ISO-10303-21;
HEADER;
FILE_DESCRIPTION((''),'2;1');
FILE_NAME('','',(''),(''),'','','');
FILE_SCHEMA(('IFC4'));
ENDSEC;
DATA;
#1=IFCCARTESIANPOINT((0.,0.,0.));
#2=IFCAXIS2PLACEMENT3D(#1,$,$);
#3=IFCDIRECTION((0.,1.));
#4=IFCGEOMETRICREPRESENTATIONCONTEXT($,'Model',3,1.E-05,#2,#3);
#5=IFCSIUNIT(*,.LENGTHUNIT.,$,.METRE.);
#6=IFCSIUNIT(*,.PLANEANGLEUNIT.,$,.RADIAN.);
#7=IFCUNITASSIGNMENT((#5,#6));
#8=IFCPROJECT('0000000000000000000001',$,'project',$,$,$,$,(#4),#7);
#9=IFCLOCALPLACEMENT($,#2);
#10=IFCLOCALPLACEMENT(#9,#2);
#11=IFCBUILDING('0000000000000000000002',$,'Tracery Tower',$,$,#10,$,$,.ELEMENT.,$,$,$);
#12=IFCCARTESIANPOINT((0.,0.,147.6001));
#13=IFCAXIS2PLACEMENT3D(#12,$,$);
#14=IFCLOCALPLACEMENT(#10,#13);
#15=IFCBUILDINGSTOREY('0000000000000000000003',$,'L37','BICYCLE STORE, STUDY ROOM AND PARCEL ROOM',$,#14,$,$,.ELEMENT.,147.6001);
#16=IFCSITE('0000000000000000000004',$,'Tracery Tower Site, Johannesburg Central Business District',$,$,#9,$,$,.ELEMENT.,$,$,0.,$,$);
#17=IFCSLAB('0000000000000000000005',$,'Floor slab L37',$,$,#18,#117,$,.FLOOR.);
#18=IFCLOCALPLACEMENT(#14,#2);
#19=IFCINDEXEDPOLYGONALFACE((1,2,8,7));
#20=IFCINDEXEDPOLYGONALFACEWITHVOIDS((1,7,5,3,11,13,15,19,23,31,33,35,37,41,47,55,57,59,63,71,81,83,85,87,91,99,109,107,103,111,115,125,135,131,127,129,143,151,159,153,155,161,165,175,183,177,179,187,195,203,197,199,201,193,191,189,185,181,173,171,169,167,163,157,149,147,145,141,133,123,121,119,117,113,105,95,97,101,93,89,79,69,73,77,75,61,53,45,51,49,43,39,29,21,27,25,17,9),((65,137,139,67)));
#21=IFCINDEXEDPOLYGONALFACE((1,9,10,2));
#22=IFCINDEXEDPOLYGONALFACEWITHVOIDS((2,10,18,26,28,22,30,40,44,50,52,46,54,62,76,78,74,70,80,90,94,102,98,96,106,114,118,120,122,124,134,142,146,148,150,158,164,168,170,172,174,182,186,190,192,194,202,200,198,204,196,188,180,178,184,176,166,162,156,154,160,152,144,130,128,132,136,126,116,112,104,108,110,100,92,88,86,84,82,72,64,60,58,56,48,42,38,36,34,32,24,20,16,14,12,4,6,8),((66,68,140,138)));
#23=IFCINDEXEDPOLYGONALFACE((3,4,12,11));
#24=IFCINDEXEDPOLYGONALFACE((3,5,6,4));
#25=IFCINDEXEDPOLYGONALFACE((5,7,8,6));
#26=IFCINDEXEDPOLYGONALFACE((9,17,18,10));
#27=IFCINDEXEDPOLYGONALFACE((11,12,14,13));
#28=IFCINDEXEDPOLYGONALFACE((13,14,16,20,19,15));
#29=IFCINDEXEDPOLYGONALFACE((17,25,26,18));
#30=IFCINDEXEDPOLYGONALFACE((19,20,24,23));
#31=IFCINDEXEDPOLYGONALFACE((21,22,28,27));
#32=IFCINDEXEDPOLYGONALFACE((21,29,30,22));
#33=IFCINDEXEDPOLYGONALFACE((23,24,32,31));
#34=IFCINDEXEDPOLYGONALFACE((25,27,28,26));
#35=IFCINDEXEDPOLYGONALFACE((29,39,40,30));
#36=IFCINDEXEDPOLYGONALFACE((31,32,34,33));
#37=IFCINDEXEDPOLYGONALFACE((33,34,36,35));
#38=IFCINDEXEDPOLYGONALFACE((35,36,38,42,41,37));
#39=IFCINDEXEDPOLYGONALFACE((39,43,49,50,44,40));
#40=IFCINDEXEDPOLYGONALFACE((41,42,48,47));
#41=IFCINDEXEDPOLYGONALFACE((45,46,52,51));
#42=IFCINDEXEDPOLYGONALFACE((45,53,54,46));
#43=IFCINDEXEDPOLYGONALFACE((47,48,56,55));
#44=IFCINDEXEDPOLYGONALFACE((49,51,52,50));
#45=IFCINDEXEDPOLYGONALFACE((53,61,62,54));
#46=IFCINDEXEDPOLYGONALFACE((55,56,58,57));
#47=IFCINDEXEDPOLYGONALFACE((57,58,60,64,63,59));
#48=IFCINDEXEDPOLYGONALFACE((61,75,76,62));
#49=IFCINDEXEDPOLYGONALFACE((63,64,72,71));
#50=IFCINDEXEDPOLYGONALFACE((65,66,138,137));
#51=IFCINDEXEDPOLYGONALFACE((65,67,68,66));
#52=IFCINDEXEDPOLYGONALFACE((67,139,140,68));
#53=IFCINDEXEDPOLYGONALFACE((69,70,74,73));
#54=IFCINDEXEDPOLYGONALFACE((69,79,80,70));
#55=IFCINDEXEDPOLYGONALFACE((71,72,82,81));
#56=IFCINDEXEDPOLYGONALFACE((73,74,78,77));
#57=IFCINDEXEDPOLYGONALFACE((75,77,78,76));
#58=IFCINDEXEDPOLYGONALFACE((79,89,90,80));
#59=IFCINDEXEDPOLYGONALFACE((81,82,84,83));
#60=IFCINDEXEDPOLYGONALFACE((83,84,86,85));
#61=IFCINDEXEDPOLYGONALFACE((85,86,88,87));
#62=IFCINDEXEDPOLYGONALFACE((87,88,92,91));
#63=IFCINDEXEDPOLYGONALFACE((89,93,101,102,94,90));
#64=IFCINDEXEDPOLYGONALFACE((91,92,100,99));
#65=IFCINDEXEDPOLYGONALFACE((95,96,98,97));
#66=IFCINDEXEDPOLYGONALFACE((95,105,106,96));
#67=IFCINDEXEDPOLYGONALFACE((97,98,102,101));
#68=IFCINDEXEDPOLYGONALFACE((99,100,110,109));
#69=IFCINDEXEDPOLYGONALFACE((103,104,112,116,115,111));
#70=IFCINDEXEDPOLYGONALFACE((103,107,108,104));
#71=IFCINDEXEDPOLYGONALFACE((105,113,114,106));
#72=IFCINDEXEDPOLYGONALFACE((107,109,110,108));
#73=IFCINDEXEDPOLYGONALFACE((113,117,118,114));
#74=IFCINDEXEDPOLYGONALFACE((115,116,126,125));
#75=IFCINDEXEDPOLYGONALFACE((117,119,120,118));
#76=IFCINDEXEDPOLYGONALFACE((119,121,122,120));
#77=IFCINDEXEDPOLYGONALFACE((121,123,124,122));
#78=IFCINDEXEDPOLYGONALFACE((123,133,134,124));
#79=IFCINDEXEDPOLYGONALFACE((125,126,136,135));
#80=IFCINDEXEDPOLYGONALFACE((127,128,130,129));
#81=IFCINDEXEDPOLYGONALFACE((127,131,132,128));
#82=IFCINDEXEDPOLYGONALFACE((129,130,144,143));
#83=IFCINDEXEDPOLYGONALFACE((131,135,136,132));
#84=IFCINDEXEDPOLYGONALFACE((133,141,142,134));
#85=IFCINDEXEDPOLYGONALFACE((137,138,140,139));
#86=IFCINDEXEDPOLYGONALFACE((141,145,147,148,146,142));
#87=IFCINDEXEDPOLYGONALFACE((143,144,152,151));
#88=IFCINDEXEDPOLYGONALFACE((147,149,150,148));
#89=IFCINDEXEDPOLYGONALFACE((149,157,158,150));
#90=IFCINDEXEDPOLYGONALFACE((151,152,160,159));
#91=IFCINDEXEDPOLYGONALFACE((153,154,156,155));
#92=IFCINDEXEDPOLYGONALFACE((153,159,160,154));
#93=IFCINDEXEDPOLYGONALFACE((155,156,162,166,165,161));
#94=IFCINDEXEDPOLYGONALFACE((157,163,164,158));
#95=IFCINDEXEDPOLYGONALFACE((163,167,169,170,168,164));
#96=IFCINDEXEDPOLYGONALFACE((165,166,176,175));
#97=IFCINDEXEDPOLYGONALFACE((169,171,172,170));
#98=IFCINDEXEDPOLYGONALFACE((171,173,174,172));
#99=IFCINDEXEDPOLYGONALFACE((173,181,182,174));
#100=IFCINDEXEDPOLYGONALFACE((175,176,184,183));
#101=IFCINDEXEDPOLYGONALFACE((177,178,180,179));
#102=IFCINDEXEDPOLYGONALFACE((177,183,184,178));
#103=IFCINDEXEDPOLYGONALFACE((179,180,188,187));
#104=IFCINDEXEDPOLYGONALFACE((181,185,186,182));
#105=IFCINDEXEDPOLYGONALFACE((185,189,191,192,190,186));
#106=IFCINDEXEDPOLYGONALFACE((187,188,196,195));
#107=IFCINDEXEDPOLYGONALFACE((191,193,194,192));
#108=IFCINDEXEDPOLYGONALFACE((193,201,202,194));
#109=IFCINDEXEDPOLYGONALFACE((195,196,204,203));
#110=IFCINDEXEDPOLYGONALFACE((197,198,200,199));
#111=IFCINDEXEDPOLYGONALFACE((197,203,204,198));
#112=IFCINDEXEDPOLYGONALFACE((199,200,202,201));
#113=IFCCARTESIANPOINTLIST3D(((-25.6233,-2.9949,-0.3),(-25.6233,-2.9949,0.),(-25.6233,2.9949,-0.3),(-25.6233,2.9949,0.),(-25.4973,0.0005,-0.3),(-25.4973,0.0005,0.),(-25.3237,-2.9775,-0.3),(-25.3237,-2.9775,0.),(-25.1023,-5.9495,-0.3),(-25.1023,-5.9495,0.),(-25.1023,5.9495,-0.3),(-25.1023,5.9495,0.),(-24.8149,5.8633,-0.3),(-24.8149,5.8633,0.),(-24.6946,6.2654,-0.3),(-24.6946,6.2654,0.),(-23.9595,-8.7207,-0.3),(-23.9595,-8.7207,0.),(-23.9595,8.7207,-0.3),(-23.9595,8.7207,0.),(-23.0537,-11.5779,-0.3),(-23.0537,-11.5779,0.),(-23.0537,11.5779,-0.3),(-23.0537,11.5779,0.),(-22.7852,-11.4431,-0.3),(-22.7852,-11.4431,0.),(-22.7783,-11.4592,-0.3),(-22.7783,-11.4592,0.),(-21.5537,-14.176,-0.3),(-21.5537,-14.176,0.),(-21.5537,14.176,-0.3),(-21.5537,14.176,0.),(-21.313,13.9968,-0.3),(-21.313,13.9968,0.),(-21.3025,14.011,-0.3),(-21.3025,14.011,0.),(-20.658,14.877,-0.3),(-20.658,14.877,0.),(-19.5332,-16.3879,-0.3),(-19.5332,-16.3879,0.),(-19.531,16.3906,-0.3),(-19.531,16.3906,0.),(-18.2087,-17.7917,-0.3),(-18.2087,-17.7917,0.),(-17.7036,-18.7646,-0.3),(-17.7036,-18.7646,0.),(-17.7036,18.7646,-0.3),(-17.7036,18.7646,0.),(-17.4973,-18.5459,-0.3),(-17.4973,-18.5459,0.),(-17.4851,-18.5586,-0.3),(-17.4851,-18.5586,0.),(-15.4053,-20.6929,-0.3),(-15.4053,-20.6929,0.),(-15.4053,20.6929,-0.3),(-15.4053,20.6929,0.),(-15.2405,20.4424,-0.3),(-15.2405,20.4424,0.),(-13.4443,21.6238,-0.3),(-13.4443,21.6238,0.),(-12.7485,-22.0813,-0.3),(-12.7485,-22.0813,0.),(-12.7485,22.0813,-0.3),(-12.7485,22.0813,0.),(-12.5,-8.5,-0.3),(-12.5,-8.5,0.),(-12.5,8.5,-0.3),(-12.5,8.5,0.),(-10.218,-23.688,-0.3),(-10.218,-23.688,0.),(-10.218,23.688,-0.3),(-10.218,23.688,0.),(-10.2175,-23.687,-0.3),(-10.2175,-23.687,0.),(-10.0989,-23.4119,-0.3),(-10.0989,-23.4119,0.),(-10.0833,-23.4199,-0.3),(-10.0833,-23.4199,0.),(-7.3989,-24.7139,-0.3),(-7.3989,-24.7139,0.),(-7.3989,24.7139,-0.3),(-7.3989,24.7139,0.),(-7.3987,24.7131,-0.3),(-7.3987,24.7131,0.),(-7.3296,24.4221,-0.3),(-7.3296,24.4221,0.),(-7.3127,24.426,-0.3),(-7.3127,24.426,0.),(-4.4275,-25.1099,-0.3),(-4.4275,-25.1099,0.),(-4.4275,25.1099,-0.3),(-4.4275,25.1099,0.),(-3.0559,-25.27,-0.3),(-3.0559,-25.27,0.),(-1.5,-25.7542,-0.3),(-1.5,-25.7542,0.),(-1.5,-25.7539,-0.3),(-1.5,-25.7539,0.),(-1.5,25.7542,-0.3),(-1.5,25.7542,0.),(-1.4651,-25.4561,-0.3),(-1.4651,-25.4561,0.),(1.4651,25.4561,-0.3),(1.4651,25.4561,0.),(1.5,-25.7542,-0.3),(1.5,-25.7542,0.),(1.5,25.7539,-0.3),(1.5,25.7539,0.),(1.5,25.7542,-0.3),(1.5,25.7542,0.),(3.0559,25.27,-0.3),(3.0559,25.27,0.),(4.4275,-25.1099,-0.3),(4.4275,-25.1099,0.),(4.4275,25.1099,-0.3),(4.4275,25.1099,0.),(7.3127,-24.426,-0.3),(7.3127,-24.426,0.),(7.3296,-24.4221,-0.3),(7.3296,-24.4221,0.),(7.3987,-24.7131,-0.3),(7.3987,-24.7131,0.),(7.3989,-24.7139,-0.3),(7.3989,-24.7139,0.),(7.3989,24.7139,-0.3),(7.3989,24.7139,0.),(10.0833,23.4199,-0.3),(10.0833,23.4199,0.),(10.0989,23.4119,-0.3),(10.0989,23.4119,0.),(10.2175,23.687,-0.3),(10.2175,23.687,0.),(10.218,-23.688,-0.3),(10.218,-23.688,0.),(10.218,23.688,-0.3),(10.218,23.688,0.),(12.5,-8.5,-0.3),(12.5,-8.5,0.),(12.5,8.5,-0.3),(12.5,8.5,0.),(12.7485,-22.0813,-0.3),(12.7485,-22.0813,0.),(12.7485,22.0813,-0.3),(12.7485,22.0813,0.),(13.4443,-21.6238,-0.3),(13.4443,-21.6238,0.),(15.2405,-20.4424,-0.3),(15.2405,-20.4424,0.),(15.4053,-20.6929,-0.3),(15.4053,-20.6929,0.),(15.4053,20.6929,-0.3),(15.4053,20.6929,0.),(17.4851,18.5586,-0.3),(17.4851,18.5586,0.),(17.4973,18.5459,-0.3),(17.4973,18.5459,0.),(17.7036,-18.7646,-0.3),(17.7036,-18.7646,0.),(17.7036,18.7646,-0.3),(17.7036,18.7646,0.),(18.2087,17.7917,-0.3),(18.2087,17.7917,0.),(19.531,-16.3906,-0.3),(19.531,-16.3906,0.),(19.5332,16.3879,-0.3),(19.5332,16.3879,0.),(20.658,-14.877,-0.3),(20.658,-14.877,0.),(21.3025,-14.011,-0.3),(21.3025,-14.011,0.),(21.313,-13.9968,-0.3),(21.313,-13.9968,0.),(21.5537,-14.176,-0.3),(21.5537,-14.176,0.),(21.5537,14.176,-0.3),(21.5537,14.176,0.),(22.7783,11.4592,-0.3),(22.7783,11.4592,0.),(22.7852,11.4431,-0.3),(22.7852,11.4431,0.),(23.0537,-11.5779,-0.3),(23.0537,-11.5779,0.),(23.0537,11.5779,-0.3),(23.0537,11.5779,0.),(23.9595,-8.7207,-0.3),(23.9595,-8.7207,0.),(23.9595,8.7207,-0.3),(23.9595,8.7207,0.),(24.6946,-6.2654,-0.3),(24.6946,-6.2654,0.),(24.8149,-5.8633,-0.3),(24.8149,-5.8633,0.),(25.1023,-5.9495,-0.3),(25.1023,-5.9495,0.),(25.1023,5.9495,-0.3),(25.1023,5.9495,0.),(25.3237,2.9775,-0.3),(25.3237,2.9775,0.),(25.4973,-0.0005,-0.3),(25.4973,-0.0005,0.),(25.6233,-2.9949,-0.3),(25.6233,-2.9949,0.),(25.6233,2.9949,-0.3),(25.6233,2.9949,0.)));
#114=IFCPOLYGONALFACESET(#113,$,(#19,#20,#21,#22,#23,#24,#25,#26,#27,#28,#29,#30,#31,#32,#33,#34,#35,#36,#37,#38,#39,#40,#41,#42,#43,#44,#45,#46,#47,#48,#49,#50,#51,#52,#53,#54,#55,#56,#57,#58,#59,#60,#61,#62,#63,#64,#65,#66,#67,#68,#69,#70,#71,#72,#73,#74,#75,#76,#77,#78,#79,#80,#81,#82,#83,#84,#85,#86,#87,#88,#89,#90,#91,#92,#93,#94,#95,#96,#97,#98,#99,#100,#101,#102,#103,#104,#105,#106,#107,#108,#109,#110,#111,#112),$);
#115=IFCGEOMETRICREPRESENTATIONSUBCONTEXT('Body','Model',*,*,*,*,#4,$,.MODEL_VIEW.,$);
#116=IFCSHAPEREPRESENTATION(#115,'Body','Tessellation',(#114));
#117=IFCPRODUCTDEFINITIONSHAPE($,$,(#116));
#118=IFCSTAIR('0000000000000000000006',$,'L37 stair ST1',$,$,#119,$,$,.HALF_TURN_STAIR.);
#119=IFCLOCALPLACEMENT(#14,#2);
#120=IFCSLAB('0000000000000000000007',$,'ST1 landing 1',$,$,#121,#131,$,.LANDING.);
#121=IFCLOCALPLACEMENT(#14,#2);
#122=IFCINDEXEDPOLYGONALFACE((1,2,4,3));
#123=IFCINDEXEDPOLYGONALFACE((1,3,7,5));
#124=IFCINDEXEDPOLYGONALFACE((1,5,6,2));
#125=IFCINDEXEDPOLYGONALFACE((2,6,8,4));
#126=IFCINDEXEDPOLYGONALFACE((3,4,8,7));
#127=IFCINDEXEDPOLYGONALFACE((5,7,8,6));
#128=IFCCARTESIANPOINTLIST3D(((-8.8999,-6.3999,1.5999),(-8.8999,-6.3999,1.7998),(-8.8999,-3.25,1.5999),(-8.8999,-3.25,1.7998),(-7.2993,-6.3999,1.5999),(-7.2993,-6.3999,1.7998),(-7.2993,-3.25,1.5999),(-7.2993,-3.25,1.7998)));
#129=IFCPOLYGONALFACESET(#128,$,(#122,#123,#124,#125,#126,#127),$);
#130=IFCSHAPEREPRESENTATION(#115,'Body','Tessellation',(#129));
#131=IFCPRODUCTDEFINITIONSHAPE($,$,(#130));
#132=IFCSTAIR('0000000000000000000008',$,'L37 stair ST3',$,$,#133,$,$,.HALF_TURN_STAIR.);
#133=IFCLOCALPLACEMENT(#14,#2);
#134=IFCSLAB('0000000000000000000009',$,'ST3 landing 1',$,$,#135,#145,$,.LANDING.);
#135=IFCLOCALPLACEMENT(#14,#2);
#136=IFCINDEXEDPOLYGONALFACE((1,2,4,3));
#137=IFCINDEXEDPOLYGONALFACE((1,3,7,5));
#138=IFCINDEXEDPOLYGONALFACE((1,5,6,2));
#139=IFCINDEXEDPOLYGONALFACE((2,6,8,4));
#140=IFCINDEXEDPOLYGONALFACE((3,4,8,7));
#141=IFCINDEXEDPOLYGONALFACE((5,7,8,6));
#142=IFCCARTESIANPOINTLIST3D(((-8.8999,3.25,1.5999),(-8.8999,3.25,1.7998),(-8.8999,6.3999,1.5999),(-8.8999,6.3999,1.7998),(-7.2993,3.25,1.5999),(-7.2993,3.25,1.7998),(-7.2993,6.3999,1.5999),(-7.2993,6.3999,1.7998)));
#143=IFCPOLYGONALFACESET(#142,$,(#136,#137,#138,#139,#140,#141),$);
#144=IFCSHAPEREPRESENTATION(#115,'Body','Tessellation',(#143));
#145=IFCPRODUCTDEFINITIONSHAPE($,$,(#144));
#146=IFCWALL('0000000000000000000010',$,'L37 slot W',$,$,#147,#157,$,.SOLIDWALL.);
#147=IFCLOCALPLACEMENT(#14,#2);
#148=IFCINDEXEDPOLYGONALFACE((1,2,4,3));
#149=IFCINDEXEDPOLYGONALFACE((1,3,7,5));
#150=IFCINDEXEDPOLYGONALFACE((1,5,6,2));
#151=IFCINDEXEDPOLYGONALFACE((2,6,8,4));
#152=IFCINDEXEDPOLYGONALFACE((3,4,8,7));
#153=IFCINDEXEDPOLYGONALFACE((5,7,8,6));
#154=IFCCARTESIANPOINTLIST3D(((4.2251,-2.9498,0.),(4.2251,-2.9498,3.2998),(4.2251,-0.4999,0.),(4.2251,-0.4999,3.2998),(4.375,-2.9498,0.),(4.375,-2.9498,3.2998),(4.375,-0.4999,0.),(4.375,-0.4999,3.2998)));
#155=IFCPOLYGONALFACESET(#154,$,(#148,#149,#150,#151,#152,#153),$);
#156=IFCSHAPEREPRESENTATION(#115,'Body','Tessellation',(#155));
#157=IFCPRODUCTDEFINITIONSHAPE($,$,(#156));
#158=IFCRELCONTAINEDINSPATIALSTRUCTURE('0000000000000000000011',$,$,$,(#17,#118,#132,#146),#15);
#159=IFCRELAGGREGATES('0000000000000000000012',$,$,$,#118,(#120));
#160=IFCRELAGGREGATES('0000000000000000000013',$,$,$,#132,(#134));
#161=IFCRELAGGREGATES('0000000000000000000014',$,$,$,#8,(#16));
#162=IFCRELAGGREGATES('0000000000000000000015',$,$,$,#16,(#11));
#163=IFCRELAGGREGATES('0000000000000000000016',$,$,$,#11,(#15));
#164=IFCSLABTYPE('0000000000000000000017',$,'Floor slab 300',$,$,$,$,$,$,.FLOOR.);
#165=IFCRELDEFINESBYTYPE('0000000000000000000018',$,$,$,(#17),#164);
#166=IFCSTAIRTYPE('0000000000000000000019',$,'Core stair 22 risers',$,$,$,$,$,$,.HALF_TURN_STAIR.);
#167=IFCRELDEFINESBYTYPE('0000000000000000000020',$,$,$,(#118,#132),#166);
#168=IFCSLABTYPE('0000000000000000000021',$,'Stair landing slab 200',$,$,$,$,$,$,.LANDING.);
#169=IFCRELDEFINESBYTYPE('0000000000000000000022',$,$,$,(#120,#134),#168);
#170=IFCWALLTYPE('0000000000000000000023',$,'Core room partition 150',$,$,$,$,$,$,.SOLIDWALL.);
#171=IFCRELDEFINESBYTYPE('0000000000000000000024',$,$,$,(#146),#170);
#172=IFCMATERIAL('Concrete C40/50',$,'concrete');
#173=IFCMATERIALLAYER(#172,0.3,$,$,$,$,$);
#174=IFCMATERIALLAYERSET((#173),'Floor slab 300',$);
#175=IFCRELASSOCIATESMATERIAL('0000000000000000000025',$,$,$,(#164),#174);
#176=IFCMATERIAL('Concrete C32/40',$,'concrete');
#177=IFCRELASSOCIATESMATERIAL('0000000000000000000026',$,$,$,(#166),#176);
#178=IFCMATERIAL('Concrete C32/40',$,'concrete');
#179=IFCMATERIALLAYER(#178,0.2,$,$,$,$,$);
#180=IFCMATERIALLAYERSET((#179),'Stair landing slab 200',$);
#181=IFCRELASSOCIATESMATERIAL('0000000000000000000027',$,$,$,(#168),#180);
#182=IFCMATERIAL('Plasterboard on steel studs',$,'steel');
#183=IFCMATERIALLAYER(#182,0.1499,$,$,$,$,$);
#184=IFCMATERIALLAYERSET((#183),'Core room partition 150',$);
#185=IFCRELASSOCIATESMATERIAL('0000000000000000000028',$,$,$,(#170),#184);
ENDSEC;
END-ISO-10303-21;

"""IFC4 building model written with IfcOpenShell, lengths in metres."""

from ifc_helpers import new_model, si_unit, direction, frame, frame_2d, origin, place, context, subcontext, project, spatial, polyline, rectangle, outline, extrude, material, layer, layer_set, type_object, element, aggregate, save


model = new_model("IFC4")

# Units and contexts
model_context = context("Model", 3, precision=1e-05, world=origin(), true_north=direction((0.0, 1.0)))
body_context = subcontext(model_context, "Body", "Model", "MODEL_VIEW")
ifc_project = project(units=[si_unit("LENGTHUNIT", "METRE"), si_unit("PLANEANGLEUNIT", "RADIAN")], contexts=[model_context])

# Site, building, storey
site_placement = place(None, origin())
site = spatial("IfcSite", under=ifc_project, at=site_placement, Name="Tracery Tower Site, Johannesburg Central Business District", CompositionType="ELEMENT", RefElevation=0.0)
building_placement = place(site_placement, origin())
building = spatial("IfcBuilding", under=site, at=building_placement, Name="Tracery Tower", CompositionType="ELEMENT")
storey_placement = place(building_placement, frame((0.0, 0.0, 147.6001)))
storey = spatial("IfcBuildingStorey", under=building, at=storey_placement, Name="L37", Description="BICYCLE STORE, STUDY ROOM AND PARCEL ROOM", CompositionType="ELEMENT", Elevation=147.6001)

# Slab
ifc_material_1 = material(Name="Concrete C40/50", Category="concrete")
ifc_layer_1 = layer(ifc_material_1, 0.3)
ifc_layer_set_1 = layer_set([ifc_layer_1], Name="Floor slab 300")
slab_type_1 = type_object("IfcSlabType", Name="Floor slab 300", PredefinedType="FLOOR", material=ifc_layer_set_1)
slab_1_placement = place(storey_placement, frame((0.0, 0.0, -0.3)))
element("IfcSlab", 1, at=slab_1_placement, inside=storey, type_object=slab_type_1, Name="Floor slab L37", PredefinedType="FLOOR", context=body_context, shape_type="SweptSolid", body=[
    extrude(outline(polyline([(22.7852, 11.4431), (22.7783, 11.4592), (23.0537, 11.5779), (21.5537, 14.176), (19.5332, 16.3879), (18.2087, 17.7917), (17.4973, 18.5459), (17.4973, 18.5459), (17.4851, 18.5586), (17.7036, 18.7646), (15.4053, 20.6929), (12.7485, 22.0813), (10.0989, 23.4119), (10.0989, 23.4119), (10.0833, 23.4199), (10.2175, 23.687), (10.218, 23.688), (7.3989, 24.7139), (4.4275, 25.1099), (3.0559, 25.27), (1.4651, 25.4561), (1.5, 25.7539), (1.5, 25.7542), (-1.5, 25.7542), (-4.4275, 25.1099), (-7.3127, 24.426), (-7.3127, 24.426), (-7.3296, 24.4221), (-7.3987, 24.7131), (-7.3989, 24.7139), (-10.218, 23.688), (-12.7485, 22.0813), (-13.4443, 21.6238), (-15.2405, 20.4424), (-15.4053, 20.6929), (-15.4053, 20.6929), (-17.7036, 18.7646), (-19.531, 16.3906), (-20.658, 14.877), (-21.3025, 14.011), (-21.3025, 14.011), (-21.313, 13.9968), (-21.5537, 14.176), (-23.0537, 11.5779), (-23.9595, 8.7207), (-24.6946, 6.2654), (-24.8149, 5.8633), (-25.1023, 5.9495), (-25.6233, 2.9949), (-25.4973, 0.0005), (-25.3237, -2.9775), (-25.6233, -2.9949), (-25.1023, -5.9495), (-23.9595, -8.7207), (-22.7852, -11.4431), (-22.7852, -11.4431), (-22.7783, -11.4592), (-23.0537, -11.5779), (-21.5537, -14.176), (-19.5332, -16.3879), (-18.2087, -17.7917), (-17.4973, -18.5459), (-17.4973, -18.5459), (-17.4851, -18.5586), (-17.7036, -18.7646), (-15.4053, -20.6929), (-12.7485, -22.0813), (-10.0989, -23.4119), (-10.0989, -23.4119), (-10.0833, -23.4199), (-10.2175, -23.687), (-10.218, -23.688), (-7.3989, -24.7139), (-4.4275, -25.1099), (-3.0559, -25.27), (-1.4651, -25.4561), (-1.5, -25.7539), (-1.5, -25.7542), (1.5, -25.7542), (4.4275, -25.1099), (7.3127, -24.426), (7.3127, -24.426), (7.3296, -24.4221), (7.3987, -24.7131), (7.3989, -24.7139), (10.218, -23.688), (12.7485, -22.0813), (13.4443, -21.6238), (15.2405, -20.4424), (15.4053, -20.6929), (15.4053, -20.6929), (17.7036, -18.7646), (19.531, -16.3906), (20.658, -14.877), (21.3025, -14.011), (21.3025, -14.011), (21.313, -13.9968), (21.5537, -14.176), (23.0537, -11.5779), (23.9595, -8.7207), (24.6946, -6.2654), (24.8149, -5.8633), (25.1023, -5.9495), (25.6233, -2.9949), (25.4973, -0.0005), (25.3237, 2.9775), (25.6233, 2.9949), (25.1023, 5.9495), (23.9595, 8.7207), (22.7852, 11.4431), (22.7852, 11.4431)]), holes=[polyline([(-12.5, -8.5), (12.5, -8.5), (12.5, 8.5), (-12.5, 8.5), (-12.5, -8.5)])]), origin(), (0.0, 0.0, 1.0), 0.3),
])

# Stairs, slabs
ifc_material_2 = material(Name="Concrete C32/40", Category="concrete")
stair_type = type_object("IfcStairType", Name="Core stair 22 risers", PredefinedType="HALF_TURN_STAIR", material=ifc_material_2)
stair_1_placement = place(storey_placement, origin())
stair_1 = element("IfcStair", 2, at=stair_1_placement, inside=storey, type_object=stair_type, Name="L37 stair ST1", PredefinedType="HALF_TURN_STAIR")
ifc_material_3 = material(Name="Concrete C32/40", Category="concrete")
ifc_layer_2 = layer(ifc_material_3, 0.2)
ifc_layer_set_2 = layer_set([ifc_layer_2], Name="Stair landing slab 200")
slab_type_2 = type_object("IfcSlabType", Name="Stair landing slab 200", PredefinedType="LANDING", material=ifc_layer_set_2)
slab_2_placement = place(storey_placement, frame((0.0, 0.0, 1.5999)))
slab_2 = element("IfcSlab", 3, at=slab_2_placement, type_object=slab_type_2, Name="ST1 landing 1", PredefinedType="LANDING", context=body_context, shape_type="SweptSolid", body=[
    extrude(outline(polyline([(-7.2993, -3.25), (-8.8999, -3.25), (-8.8999, -6.3999), (-7.2993, -6.3999), (-7.2993, -3.25)])), origin(), (0.0, 0.0, 1.0), 0.2),
])
aggregate(stair_1, [slab_2])
stair_2_placement = place(storey_placement, origin())
stair_2 = element("IfcStair", 4, at=stair_2_placement, inside=storey, type_object=stair_type, Name="L37 stair ST3", PredefinedType="HALF_TURN_STAIR")
slab_3_placement = place(storey_placement, frame((0.0, 0.0, 1.5999)))
slab_3 = element("IfcSlab", 5, at=slab_3_placement, type_object=slab_type_2, Name="ST3 landing 1", PredefinedType="LANDING", context=body_context, shape_type="SweptSolid", body=[
    extrude(outline(polyline([(-7.2993, 6.3999), (-8.8999, 6.3999), (-8.8999, 3.25), (-7.2993, 3.25), (-7.2993, 6.3999)])), origin(), (0.0, 0.0, 1.0), 0.2),
])
aggregate(stair_2, [slab_3])

# Wall
ifc_material_4 = material(Name="Plasterboard on steel studs", Category="steel")
ifc_layer_3 = layer(ifc_material_4, 0.1499)
ifc_layer_set_3 = layer_set([ifc_layer_3], Name="Core room partition 150")
wall_type_1 = type_object("IfcWallType", Name="Core room partition 150", PredefinedType="SOLIDWALL", material=ifc_layer_set_3)
wall_1_placement = place(storey_placement, frame((4.3, -2.95, 0.0), z_axis=(0.0, 0.0, 1.0), x_axis=(0.0, 1.0, 0.0)))
element("IfcWall", 6, at=wall_1_placement, inside=storey, type_object=wall_type_1, Name="L37 slot W", PredefinedType="SOLIDWALL", context=body_context, shape_type="SweptSolid", body=[
    extrude(rectangle(XDim=2.45, YDim=0.1499, at=frame_2d((1.2251, 0.0))), origin(), (0.0, 0.0, 1.0), 3.2998),
])

save(model, "model.ifc")
